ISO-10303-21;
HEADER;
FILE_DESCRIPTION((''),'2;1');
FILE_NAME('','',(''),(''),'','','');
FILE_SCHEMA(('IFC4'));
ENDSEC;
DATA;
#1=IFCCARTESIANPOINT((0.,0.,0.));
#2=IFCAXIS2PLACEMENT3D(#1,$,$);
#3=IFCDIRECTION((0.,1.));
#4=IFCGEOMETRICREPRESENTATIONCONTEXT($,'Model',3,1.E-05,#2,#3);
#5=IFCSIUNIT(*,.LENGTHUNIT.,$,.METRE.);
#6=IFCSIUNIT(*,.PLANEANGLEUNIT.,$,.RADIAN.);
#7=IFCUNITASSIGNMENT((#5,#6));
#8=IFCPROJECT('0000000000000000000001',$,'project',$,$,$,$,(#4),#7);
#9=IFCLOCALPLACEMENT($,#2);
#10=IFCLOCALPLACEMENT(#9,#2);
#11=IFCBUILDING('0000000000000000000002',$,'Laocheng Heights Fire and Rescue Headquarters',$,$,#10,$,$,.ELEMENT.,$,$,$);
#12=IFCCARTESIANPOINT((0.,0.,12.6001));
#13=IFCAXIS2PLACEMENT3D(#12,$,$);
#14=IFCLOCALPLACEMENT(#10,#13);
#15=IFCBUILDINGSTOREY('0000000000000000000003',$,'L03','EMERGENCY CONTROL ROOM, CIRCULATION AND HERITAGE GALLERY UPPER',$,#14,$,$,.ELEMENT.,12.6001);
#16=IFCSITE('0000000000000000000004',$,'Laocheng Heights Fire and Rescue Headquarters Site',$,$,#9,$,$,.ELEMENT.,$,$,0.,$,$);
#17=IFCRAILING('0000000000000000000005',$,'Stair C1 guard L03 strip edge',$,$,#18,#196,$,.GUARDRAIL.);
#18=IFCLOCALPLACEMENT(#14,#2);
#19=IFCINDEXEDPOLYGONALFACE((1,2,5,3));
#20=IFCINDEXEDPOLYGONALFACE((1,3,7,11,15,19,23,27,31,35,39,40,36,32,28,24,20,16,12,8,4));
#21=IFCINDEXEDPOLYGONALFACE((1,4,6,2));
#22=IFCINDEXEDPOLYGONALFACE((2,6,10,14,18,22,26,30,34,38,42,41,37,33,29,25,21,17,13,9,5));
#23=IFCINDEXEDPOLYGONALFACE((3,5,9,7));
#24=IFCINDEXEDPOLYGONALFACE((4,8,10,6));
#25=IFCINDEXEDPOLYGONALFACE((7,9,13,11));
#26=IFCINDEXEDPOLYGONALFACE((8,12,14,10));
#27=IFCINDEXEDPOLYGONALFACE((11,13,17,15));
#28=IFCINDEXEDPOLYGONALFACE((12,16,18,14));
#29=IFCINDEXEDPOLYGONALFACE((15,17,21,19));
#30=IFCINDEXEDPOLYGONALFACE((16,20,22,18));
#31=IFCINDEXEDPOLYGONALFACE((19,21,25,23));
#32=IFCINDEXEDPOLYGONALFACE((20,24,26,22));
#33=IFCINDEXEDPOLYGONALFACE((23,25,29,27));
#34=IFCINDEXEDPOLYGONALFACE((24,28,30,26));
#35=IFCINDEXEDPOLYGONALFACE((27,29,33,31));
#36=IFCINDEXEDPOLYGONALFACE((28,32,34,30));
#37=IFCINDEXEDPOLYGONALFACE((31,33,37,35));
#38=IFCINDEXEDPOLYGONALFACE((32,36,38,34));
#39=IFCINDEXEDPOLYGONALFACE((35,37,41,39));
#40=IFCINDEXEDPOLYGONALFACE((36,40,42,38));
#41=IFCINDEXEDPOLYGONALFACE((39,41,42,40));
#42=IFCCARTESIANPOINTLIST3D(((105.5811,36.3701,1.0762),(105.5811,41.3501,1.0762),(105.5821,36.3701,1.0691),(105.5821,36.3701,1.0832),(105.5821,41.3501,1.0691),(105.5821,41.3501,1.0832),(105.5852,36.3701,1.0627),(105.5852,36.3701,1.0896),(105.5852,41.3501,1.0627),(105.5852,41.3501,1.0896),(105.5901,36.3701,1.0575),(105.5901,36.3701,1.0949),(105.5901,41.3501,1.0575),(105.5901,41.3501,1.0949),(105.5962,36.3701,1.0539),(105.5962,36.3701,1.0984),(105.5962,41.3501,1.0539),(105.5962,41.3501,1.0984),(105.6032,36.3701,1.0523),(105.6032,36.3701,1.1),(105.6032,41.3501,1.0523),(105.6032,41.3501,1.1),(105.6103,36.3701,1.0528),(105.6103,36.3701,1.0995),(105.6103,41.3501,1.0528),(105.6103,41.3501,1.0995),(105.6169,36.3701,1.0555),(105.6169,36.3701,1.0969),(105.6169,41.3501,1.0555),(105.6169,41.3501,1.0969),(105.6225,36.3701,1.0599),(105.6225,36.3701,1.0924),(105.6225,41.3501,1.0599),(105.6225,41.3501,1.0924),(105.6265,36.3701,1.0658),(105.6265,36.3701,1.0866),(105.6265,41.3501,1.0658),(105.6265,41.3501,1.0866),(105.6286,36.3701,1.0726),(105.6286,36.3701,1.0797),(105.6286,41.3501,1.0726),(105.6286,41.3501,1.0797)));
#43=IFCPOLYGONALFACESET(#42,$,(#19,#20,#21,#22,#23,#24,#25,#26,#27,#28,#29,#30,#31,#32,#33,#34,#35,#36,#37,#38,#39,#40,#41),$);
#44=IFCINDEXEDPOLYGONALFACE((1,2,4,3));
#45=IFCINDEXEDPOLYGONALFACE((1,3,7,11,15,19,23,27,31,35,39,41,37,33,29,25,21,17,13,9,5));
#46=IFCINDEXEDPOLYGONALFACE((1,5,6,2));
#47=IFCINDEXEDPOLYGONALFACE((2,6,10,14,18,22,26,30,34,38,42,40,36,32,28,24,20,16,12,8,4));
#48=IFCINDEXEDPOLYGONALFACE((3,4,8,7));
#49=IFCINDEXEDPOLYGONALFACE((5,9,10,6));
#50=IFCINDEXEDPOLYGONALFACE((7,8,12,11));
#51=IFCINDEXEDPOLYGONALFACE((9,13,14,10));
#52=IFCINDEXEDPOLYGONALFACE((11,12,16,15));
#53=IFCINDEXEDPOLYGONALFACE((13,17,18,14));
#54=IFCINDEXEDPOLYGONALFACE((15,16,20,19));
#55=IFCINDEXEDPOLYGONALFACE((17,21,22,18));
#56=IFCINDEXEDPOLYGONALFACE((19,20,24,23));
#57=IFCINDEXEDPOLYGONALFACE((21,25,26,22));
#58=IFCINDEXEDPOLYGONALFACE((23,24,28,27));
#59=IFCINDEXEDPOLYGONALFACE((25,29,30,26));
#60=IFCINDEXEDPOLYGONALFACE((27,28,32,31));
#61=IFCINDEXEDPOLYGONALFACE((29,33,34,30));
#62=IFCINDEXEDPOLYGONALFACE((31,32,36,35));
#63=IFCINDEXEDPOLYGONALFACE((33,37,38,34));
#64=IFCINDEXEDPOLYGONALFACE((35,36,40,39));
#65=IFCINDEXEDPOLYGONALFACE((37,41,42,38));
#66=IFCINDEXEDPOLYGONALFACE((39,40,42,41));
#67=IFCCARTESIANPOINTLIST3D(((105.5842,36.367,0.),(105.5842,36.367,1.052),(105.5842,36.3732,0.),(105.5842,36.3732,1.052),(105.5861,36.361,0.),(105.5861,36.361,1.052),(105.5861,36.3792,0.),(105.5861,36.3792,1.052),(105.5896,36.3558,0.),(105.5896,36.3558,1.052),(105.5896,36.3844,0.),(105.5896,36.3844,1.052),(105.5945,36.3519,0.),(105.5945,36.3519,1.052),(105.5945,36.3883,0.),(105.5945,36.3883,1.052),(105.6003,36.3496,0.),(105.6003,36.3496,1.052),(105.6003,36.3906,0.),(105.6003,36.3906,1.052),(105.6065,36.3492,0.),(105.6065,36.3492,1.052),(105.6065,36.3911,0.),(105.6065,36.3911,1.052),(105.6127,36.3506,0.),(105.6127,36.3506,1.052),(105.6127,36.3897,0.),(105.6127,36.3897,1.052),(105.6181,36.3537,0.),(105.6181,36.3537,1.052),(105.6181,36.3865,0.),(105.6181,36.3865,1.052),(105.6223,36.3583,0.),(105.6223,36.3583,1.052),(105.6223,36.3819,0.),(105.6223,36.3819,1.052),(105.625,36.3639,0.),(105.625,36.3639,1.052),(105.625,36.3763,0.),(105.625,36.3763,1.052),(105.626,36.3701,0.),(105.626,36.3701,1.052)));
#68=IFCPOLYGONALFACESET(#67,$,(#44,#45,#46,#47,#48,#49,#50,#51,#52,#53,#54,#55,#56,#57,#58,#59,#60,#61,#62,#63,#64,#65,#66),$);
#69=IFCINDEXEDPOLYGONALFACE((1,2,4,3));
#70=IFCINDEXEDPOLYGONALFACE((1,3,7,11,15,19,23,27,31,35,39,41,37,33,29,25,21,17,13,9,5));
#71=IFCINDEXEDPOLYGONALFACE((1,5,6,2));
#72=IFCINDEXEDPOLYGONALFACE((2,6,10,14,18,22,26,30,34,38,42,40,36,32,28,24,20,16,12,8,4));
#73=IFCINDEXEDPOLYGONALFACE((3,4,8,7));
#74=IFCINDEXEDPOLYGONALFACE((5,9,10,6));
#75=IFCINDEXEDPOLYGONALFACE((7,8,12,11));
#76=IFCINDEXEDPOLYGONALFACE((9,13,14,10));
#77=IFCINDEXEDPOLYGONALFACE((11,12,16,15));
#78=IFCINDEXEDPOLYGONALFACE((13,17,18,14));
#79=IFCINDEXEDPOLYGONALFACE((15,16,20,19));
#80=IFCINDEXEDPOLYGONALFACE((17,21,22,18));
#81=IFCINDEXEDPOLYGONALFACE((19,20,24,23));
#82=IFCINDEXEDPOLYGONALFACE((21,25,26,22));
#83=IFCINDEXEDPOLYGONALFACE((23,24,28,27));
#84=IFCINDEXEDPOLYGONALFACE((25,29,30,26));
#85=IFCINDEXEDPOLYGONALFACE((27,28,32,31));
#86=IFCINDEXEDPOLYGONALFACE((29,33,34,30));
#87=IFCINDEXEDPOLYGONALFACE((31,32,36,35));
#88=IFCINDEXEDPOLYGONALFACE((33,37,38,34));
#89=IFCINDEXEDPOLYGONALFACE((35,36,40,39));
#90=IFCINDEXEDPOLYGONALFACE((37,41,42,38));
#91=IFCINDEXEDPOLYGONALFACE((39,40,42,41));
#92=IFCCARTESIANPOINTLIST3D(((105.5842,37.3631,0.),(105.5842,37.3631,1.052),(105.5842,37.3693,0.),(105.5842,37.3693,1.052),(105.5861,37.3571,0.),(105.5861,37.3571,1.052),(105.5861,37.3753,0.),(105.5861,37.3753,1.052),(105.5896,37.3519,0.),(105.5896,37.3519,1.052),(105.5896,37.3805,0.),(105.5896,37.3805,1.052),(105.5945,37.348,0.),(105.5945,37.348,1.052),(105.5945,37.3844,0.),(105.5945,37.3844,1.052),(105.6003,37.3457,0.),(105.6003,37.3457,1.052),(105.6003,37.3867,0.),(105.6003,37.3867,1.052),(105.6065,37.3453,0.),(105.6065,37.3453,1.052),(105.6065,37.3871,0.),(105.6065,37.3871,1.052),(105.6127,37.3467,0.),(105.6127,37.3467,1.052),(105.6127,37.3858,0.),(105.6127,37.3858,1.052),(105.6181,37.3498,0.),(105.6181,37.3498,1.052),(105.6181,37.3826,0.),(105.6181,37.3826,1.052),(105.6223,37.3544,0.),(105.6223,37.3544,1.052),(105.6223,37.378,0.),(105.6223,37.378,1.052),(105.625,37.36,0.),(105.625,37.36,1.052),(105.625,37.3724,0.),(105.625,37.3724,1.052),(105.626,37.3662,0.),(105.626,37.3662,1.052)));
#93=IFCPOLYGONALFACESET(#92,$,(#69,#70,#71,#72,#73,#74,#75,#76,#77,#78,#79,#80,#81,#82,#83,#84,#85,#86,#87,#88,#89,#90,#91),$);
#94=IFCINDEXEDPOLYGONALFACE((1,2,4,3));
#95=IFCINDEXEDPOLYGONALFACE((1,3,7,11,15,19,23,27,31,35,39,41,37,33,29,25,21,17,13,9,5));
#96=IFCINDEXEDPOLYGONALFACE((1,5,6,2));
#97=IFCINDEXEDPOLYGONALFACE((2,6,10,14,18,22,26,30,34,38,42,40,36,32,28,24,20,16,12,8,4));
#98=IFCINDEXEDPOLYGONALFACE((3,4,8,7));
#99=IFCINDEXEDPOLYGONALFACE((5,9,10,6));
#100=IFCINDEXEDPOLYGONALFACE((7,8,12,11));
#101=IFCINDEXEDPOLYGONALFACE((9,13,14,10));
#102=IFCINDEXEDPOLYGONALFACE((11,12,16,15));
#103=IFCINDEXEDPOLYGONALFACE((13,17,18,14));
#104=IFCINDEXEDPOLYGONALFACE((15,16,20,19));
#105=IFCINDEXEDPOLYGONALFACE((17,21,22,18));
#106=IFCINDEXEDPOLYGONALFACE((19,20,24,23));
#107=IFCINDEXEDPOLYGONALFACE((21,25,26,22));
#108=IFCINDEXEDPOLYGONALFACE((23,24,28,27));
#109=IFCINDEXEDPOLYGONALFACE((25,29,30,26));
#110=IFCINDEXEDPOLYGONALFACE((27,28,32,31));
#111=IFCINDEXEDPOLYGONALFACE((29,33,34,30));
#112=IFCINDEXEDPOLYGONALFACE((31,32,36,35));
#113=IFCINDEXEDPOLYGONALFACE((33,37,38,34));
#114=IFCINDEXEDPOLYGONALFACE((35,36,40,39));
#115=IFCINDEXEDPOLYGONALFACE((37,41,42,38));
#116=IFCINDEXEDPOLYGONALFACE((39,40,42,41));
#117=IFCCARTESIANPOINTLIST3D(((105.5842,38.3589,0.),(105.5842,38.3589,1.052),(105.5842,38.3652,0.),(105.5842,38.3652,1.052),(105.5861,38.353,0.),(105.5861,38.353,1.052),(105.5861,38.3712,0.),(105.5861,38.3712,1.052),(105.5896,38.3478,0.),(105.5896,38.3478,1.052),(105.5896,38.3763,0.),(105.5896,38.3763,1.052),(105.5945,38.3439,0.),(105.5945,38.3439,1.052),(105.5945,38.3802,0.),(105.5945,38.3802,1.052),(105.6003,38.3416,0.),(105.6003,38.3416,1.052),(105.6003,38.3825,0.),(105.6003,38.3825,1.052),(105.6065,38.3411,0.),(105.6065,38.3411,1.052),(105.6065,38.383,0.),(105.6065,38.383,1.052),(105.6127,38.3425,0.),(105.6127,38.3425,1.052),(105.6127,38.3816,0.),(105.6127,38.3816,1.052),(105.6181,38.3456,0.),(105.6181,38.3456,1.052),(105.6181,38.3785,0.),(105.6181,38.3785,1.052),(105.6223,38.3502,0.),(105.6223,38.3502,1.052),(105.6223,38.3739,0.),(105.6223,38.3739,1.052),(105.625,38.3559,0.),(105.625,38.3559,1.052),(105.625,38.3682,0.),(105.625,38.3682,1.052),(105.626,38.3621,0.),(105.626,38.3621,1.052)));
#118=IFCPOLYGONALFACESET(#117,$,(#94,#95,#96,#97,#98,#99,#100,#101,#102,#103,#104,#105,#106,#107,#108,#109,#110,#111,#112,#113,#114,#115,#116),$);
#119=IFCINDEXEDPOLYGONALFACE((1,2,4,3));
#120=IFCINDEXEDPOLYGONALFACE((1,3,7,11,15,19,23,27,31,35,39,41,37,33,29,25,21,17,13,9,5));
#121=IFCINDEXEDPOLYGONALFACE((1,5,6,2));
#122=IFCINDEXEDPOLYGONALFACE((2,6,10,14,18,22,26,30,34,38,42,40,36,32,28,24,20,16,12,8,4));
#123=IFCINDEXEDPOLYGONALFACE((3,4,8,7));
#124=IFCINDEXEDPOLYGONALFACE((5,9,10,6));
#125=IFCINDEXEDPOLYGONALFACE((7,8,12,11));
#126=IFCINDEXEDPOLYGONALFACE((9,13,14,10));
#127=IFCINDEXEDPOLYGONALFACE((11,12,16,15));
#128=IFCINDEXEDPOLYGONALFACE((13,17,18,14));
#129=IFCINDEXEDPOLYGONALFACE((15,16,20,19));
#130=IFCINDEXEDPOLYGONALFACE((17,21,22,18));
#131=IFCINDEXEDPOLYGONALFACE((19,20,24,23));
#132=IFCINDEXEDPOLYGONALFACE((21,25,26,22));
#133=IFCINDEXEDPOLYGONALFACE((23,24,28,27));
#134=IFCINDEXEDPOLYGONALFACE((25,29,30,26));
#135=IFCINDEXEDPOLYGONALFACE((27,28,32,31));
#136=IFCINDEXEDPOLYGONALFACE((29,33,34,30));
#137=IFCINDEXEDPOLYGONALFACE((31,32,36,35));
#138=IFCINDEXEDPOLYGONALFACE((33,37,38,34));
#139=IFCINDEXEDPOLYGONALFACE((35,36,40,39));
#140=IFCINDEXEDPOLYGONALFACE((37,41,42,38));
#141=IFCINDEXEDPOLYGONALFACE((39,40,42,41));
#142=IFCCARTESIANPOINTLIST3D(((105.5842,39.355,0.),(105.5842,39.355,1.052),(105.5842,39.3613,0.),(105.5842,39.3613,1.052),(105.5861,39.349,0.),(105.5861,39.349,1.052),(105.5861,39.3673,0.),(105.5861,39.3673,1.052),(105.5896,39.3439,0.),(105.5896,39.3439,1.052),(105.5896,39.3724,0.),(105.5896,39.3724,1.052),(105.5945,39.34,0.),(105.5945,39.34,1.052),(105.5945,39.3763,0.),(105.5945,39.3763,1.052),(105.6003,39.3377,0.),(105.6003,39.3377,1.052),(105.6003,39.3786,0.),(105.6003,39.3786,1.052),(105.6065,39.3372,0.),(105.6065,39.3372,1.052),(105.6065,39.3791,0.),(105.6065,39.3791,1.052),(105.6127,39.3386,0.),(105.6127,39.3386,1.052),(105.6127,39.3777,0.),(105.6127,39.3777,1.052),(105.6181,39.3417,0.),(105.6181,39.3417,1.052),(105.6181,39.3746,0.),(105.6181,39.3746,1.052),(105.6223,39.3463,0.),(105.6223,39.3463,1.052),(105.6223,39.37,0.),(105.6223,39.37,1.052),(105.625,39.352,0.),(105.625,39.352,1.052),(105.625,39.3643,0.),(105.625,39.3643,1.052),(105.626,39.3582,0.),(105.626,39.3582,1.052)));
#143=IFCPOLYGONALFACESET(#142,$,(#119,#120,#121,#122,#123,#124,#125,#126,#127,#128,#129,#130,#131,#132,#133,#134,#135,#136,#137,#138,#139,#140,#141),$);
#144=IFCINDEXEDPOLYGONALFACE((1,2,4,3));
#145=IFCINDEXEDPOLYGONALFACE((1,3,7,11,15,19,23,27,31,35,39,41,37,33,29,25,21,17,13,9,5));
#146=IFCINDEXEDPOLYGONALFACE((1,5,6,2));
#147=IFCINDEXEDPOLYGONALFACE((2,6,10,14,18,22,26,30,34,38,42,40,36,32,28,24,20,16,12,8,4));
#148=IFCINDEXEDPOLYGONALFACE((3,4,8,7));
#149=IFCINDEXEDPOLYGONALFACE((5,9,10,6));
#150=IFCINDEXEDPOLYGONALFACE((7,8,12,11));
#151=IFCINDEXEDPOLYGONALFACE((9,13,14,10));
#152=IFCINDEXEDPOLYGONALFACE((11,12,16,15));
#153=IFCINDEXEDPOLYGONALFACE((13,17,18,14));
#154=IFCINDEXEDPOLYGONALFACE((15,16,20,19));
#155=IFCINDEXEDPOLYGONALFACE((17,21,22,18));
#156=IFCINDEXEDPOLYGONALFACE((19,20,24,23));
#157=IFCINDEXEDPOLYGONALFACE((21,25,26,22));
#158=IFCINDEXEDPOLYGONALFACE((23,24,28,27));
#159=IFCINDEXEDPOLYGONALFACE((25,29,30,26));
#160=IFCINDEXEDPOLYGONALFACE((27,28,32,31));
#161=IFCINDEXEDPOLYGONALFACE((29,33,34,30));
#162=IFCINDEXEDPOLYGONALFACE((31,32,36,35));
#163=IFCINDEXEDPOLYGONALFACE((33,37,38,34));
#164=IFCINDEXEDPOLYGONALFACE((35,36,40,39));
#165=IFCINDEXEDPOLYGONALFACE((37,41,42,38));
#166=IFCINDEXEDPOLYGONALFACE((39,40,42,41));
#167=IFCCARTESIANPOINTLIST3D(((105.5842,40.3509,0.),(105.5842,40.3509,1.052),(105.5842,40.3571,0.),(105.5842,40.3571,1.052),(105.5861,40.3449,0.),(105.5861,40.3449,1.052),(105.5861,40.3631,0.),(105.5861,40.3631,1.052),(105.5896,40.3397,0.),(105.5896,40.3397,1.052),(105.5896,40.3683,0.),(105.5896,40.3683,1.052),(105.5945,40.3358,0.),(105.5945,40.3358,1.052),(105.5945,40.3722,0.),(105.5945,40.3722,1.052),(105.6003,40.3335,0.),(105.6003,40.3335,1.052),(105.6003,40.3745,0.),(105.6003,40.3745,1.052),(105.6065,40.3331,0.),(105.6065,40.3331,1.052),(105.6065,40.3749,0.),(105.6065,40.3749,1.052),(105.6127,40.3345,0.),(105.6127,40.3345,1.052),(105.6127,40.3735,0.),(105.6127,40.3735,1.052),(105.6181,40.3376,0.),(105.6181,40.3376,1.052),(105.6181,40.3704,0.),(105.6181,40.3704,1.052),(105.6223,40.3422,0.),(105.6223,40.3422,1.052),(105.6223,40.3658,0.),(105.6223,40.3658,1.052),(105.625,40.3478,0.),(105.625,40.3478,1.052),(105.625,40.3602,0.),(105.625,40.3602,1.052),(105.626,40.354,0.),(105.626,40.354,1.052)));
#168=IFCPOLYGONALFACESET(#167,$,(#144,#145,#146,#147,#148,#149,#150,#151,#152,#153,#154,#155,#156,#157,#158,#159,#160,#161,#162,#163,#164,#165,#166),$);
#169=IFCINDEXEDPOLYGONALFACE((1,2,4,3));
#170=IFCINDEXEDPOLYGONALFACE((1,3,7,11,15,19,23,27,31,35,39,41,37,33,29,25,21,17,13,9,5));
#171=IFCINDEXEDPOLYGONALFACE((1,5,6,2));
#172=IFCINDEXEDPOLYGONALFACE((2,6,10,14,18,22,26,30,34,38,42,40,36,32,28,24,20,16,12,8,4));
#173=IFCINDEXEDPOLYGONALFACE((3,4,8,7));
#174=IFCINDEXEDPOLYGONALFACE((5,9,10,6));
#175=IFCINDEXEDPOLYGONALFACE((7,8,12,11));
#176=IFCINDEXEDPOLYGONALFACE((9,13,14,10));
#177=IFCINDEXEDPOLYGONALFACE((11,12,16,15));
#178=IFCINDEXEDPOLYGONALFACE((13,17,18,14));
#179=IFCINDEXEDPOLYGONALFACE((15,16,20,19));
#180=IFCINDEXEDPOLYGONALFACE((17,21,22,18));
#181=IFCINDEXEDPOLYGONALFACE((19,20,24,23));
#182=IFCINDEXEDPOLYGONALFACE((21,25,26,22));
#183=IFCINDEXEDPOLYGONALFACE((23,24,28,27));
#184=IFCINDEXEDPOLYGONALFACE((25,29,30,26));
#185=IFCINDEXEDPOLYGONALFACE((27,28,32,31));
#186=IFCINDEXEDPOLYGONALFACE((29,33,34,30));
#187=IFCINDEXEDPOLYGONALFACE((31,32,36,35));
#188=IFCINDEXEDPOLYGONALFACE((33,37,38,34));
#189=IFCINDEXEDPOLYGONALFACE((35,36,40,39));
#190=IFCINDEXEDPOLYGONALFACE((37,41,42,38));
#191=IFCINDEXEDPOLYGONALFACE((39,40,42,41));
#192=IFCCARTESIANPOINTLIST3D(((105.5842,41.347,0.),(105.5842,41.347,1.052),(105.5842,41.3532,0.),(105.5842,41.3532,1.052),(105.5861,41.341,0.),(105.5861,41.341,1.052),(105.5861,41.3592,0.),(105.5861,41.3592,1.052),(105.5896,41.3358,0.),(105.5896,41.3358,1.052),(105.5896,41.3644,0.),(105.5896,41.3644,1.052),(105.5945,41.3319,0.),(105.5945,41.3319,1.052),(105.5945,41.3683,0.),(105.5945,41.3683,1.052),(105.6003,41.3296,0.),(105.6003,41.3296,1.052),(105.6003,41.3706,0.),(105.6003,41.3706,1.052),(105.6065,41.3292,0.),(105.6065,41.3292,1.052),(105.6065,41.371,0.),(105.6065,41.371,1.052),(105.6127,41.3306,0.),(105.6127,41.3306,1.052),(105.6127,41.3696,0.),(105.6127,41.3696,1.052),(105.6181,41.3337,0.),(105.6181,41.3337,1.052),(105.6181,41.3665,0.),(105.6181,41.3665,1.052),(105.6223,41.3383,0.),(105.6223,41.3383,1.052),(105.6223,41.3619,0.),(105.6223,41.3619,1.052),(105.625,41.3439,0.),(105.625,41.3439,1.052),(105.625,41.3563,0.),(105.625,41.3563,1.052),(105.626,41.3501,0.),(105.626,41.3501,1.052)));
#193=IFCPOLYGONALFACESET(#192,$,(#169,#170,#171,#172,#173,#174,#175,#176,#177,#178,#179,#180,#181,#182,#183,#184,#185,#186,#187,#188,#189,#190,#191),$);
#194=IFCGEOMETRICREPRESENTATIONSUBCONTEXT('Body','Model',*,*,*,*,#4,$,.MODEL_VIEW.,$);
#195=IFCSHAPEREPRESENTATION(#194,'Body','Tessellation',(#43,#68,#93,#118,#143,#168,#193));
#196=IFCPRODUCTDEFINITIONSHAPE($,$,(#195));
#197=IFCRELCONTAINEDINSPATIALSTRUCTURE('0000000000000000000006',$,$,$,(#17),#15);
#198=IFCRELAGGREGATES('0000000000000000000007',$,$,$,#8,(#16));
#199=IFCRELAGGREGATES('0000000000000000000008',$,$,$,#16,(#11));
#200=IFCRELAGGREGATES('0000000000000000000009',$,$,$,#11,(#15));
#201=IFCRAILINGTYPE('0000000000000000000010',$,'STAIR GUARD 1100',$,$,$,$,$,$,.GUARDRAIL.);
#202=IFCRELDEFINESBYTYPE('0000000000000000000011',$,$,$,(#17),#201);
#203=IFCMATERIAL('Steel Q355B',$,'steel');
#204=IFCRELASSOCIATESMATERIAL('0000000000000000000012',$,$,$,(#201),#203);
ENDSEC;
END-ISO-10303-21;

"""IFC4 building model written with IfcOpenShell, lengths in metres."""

from ifc_helpers import new_model, si_unit, direction, frame, origin, origin_2d, place, context, subcontext, project, spatial, circle, extrude, material, type_object, element, save


model = new_model("IFC4")

# Units and contexts
model_context = context("Model", 3, precision=1e-05, world=origin(), true_north=direction((0.0, 1.0)))
body_context = subcontext(model_context, "Body", "Model", "MODEL_VIEW")
ifc_project = project(units=[si_unit("LENGTHUNIT", "METRE"), si_unit("PLANEANGLEUNIT", "RADIAN")], contexts=[model_context])

# Site, building, storey
site_placement = place(None, origin())
site = spatial("IfcSite", under=ifc_project, at=site_placement, Name="Laocheng Heights Fire and Rescue Headquarters Site", CompositionType="ELEMENT", RefElevation=0.0)
building_placement = place(site_placement, origin())
building = spatial("IfcBuilding", under=site, at=building_placement, Name="Laocheng Heights Fire and Rescue Headquarters", CompositionType="ELEMENT")
storey_placement = place(building_placement, frame((0.0, 0.0, 12.6001)))
storey = spatial("IfcBuildingStorey", under=building, at=storey_placement, Name="L03", Description="EMERGENCY CONTROL ROOM, CIRCULATION AND HERITAGE GALLERY UPPER", CompositionType="ELEMENT", Elevation=12.6001)

# Railing
ifc_material_1 = material(Name="Steel Q355B", Category="steel")
railing_type_1 = type_object("IfcRailingType", Name="STAIR GUARD 1100", PredefinedType="GUARDRAIL", material=ifc_material_1)
railing_1_placement = place(storey_placement, frame((105.605, 36.3701, 0.0)))
element("IfcRailing", 1, at=railing_1_placement, inside=storey, type_object=railing_type_1, Name="Stair C1 guard L03 strip edge", PredefinedType="GUARDRAIL", context=body_context, shape_type="SweptSolid", body=[
    extrude(circle(Radius=0.0239, at=origin_2d()), frame((0.0, 0.0, 1.0762), z_axis=(0.0, 1.0, 0.0), x_axis=(-1.0, 0.0, 0.0)), (0.0, 0.0, 1.0), 4.98),
    extrude(circle(Radius=0.021, at=origin_2d()), origin(), (0.0, 0.0, 1.0), 1.052),
    extrude(circle(Radius=0.021, at=origin_2d()), frame((0.0, 0.9961, 0.0)), (0.0, 0.0, 1.0), 1.052),
    extrude(circle(Radius=0.021, at=origin_2d()), frame((0.0, 1.9919, 0.0)), (0.0, 0.0, 1.0), 1.052),
    extrude(circle(Radius=0.021, at=origin_2d()), frame((0.0, 2.988, 0.0)), (0.0, 0.0, 1.0), 1.052),
    extrude(circle(Radius=0.021, at=origin_2d()), frame((0.0, 3.9839, 0.0)), (0.0, 0.0, 1.0), 1.052),
    extrude(circle(Radius=0.021, at=origin_2d()), frame((0.0, 4.98, 0.0)), (0.0, 0.0, 1.0), 1.052),
])

save(model, "model.ifc")
